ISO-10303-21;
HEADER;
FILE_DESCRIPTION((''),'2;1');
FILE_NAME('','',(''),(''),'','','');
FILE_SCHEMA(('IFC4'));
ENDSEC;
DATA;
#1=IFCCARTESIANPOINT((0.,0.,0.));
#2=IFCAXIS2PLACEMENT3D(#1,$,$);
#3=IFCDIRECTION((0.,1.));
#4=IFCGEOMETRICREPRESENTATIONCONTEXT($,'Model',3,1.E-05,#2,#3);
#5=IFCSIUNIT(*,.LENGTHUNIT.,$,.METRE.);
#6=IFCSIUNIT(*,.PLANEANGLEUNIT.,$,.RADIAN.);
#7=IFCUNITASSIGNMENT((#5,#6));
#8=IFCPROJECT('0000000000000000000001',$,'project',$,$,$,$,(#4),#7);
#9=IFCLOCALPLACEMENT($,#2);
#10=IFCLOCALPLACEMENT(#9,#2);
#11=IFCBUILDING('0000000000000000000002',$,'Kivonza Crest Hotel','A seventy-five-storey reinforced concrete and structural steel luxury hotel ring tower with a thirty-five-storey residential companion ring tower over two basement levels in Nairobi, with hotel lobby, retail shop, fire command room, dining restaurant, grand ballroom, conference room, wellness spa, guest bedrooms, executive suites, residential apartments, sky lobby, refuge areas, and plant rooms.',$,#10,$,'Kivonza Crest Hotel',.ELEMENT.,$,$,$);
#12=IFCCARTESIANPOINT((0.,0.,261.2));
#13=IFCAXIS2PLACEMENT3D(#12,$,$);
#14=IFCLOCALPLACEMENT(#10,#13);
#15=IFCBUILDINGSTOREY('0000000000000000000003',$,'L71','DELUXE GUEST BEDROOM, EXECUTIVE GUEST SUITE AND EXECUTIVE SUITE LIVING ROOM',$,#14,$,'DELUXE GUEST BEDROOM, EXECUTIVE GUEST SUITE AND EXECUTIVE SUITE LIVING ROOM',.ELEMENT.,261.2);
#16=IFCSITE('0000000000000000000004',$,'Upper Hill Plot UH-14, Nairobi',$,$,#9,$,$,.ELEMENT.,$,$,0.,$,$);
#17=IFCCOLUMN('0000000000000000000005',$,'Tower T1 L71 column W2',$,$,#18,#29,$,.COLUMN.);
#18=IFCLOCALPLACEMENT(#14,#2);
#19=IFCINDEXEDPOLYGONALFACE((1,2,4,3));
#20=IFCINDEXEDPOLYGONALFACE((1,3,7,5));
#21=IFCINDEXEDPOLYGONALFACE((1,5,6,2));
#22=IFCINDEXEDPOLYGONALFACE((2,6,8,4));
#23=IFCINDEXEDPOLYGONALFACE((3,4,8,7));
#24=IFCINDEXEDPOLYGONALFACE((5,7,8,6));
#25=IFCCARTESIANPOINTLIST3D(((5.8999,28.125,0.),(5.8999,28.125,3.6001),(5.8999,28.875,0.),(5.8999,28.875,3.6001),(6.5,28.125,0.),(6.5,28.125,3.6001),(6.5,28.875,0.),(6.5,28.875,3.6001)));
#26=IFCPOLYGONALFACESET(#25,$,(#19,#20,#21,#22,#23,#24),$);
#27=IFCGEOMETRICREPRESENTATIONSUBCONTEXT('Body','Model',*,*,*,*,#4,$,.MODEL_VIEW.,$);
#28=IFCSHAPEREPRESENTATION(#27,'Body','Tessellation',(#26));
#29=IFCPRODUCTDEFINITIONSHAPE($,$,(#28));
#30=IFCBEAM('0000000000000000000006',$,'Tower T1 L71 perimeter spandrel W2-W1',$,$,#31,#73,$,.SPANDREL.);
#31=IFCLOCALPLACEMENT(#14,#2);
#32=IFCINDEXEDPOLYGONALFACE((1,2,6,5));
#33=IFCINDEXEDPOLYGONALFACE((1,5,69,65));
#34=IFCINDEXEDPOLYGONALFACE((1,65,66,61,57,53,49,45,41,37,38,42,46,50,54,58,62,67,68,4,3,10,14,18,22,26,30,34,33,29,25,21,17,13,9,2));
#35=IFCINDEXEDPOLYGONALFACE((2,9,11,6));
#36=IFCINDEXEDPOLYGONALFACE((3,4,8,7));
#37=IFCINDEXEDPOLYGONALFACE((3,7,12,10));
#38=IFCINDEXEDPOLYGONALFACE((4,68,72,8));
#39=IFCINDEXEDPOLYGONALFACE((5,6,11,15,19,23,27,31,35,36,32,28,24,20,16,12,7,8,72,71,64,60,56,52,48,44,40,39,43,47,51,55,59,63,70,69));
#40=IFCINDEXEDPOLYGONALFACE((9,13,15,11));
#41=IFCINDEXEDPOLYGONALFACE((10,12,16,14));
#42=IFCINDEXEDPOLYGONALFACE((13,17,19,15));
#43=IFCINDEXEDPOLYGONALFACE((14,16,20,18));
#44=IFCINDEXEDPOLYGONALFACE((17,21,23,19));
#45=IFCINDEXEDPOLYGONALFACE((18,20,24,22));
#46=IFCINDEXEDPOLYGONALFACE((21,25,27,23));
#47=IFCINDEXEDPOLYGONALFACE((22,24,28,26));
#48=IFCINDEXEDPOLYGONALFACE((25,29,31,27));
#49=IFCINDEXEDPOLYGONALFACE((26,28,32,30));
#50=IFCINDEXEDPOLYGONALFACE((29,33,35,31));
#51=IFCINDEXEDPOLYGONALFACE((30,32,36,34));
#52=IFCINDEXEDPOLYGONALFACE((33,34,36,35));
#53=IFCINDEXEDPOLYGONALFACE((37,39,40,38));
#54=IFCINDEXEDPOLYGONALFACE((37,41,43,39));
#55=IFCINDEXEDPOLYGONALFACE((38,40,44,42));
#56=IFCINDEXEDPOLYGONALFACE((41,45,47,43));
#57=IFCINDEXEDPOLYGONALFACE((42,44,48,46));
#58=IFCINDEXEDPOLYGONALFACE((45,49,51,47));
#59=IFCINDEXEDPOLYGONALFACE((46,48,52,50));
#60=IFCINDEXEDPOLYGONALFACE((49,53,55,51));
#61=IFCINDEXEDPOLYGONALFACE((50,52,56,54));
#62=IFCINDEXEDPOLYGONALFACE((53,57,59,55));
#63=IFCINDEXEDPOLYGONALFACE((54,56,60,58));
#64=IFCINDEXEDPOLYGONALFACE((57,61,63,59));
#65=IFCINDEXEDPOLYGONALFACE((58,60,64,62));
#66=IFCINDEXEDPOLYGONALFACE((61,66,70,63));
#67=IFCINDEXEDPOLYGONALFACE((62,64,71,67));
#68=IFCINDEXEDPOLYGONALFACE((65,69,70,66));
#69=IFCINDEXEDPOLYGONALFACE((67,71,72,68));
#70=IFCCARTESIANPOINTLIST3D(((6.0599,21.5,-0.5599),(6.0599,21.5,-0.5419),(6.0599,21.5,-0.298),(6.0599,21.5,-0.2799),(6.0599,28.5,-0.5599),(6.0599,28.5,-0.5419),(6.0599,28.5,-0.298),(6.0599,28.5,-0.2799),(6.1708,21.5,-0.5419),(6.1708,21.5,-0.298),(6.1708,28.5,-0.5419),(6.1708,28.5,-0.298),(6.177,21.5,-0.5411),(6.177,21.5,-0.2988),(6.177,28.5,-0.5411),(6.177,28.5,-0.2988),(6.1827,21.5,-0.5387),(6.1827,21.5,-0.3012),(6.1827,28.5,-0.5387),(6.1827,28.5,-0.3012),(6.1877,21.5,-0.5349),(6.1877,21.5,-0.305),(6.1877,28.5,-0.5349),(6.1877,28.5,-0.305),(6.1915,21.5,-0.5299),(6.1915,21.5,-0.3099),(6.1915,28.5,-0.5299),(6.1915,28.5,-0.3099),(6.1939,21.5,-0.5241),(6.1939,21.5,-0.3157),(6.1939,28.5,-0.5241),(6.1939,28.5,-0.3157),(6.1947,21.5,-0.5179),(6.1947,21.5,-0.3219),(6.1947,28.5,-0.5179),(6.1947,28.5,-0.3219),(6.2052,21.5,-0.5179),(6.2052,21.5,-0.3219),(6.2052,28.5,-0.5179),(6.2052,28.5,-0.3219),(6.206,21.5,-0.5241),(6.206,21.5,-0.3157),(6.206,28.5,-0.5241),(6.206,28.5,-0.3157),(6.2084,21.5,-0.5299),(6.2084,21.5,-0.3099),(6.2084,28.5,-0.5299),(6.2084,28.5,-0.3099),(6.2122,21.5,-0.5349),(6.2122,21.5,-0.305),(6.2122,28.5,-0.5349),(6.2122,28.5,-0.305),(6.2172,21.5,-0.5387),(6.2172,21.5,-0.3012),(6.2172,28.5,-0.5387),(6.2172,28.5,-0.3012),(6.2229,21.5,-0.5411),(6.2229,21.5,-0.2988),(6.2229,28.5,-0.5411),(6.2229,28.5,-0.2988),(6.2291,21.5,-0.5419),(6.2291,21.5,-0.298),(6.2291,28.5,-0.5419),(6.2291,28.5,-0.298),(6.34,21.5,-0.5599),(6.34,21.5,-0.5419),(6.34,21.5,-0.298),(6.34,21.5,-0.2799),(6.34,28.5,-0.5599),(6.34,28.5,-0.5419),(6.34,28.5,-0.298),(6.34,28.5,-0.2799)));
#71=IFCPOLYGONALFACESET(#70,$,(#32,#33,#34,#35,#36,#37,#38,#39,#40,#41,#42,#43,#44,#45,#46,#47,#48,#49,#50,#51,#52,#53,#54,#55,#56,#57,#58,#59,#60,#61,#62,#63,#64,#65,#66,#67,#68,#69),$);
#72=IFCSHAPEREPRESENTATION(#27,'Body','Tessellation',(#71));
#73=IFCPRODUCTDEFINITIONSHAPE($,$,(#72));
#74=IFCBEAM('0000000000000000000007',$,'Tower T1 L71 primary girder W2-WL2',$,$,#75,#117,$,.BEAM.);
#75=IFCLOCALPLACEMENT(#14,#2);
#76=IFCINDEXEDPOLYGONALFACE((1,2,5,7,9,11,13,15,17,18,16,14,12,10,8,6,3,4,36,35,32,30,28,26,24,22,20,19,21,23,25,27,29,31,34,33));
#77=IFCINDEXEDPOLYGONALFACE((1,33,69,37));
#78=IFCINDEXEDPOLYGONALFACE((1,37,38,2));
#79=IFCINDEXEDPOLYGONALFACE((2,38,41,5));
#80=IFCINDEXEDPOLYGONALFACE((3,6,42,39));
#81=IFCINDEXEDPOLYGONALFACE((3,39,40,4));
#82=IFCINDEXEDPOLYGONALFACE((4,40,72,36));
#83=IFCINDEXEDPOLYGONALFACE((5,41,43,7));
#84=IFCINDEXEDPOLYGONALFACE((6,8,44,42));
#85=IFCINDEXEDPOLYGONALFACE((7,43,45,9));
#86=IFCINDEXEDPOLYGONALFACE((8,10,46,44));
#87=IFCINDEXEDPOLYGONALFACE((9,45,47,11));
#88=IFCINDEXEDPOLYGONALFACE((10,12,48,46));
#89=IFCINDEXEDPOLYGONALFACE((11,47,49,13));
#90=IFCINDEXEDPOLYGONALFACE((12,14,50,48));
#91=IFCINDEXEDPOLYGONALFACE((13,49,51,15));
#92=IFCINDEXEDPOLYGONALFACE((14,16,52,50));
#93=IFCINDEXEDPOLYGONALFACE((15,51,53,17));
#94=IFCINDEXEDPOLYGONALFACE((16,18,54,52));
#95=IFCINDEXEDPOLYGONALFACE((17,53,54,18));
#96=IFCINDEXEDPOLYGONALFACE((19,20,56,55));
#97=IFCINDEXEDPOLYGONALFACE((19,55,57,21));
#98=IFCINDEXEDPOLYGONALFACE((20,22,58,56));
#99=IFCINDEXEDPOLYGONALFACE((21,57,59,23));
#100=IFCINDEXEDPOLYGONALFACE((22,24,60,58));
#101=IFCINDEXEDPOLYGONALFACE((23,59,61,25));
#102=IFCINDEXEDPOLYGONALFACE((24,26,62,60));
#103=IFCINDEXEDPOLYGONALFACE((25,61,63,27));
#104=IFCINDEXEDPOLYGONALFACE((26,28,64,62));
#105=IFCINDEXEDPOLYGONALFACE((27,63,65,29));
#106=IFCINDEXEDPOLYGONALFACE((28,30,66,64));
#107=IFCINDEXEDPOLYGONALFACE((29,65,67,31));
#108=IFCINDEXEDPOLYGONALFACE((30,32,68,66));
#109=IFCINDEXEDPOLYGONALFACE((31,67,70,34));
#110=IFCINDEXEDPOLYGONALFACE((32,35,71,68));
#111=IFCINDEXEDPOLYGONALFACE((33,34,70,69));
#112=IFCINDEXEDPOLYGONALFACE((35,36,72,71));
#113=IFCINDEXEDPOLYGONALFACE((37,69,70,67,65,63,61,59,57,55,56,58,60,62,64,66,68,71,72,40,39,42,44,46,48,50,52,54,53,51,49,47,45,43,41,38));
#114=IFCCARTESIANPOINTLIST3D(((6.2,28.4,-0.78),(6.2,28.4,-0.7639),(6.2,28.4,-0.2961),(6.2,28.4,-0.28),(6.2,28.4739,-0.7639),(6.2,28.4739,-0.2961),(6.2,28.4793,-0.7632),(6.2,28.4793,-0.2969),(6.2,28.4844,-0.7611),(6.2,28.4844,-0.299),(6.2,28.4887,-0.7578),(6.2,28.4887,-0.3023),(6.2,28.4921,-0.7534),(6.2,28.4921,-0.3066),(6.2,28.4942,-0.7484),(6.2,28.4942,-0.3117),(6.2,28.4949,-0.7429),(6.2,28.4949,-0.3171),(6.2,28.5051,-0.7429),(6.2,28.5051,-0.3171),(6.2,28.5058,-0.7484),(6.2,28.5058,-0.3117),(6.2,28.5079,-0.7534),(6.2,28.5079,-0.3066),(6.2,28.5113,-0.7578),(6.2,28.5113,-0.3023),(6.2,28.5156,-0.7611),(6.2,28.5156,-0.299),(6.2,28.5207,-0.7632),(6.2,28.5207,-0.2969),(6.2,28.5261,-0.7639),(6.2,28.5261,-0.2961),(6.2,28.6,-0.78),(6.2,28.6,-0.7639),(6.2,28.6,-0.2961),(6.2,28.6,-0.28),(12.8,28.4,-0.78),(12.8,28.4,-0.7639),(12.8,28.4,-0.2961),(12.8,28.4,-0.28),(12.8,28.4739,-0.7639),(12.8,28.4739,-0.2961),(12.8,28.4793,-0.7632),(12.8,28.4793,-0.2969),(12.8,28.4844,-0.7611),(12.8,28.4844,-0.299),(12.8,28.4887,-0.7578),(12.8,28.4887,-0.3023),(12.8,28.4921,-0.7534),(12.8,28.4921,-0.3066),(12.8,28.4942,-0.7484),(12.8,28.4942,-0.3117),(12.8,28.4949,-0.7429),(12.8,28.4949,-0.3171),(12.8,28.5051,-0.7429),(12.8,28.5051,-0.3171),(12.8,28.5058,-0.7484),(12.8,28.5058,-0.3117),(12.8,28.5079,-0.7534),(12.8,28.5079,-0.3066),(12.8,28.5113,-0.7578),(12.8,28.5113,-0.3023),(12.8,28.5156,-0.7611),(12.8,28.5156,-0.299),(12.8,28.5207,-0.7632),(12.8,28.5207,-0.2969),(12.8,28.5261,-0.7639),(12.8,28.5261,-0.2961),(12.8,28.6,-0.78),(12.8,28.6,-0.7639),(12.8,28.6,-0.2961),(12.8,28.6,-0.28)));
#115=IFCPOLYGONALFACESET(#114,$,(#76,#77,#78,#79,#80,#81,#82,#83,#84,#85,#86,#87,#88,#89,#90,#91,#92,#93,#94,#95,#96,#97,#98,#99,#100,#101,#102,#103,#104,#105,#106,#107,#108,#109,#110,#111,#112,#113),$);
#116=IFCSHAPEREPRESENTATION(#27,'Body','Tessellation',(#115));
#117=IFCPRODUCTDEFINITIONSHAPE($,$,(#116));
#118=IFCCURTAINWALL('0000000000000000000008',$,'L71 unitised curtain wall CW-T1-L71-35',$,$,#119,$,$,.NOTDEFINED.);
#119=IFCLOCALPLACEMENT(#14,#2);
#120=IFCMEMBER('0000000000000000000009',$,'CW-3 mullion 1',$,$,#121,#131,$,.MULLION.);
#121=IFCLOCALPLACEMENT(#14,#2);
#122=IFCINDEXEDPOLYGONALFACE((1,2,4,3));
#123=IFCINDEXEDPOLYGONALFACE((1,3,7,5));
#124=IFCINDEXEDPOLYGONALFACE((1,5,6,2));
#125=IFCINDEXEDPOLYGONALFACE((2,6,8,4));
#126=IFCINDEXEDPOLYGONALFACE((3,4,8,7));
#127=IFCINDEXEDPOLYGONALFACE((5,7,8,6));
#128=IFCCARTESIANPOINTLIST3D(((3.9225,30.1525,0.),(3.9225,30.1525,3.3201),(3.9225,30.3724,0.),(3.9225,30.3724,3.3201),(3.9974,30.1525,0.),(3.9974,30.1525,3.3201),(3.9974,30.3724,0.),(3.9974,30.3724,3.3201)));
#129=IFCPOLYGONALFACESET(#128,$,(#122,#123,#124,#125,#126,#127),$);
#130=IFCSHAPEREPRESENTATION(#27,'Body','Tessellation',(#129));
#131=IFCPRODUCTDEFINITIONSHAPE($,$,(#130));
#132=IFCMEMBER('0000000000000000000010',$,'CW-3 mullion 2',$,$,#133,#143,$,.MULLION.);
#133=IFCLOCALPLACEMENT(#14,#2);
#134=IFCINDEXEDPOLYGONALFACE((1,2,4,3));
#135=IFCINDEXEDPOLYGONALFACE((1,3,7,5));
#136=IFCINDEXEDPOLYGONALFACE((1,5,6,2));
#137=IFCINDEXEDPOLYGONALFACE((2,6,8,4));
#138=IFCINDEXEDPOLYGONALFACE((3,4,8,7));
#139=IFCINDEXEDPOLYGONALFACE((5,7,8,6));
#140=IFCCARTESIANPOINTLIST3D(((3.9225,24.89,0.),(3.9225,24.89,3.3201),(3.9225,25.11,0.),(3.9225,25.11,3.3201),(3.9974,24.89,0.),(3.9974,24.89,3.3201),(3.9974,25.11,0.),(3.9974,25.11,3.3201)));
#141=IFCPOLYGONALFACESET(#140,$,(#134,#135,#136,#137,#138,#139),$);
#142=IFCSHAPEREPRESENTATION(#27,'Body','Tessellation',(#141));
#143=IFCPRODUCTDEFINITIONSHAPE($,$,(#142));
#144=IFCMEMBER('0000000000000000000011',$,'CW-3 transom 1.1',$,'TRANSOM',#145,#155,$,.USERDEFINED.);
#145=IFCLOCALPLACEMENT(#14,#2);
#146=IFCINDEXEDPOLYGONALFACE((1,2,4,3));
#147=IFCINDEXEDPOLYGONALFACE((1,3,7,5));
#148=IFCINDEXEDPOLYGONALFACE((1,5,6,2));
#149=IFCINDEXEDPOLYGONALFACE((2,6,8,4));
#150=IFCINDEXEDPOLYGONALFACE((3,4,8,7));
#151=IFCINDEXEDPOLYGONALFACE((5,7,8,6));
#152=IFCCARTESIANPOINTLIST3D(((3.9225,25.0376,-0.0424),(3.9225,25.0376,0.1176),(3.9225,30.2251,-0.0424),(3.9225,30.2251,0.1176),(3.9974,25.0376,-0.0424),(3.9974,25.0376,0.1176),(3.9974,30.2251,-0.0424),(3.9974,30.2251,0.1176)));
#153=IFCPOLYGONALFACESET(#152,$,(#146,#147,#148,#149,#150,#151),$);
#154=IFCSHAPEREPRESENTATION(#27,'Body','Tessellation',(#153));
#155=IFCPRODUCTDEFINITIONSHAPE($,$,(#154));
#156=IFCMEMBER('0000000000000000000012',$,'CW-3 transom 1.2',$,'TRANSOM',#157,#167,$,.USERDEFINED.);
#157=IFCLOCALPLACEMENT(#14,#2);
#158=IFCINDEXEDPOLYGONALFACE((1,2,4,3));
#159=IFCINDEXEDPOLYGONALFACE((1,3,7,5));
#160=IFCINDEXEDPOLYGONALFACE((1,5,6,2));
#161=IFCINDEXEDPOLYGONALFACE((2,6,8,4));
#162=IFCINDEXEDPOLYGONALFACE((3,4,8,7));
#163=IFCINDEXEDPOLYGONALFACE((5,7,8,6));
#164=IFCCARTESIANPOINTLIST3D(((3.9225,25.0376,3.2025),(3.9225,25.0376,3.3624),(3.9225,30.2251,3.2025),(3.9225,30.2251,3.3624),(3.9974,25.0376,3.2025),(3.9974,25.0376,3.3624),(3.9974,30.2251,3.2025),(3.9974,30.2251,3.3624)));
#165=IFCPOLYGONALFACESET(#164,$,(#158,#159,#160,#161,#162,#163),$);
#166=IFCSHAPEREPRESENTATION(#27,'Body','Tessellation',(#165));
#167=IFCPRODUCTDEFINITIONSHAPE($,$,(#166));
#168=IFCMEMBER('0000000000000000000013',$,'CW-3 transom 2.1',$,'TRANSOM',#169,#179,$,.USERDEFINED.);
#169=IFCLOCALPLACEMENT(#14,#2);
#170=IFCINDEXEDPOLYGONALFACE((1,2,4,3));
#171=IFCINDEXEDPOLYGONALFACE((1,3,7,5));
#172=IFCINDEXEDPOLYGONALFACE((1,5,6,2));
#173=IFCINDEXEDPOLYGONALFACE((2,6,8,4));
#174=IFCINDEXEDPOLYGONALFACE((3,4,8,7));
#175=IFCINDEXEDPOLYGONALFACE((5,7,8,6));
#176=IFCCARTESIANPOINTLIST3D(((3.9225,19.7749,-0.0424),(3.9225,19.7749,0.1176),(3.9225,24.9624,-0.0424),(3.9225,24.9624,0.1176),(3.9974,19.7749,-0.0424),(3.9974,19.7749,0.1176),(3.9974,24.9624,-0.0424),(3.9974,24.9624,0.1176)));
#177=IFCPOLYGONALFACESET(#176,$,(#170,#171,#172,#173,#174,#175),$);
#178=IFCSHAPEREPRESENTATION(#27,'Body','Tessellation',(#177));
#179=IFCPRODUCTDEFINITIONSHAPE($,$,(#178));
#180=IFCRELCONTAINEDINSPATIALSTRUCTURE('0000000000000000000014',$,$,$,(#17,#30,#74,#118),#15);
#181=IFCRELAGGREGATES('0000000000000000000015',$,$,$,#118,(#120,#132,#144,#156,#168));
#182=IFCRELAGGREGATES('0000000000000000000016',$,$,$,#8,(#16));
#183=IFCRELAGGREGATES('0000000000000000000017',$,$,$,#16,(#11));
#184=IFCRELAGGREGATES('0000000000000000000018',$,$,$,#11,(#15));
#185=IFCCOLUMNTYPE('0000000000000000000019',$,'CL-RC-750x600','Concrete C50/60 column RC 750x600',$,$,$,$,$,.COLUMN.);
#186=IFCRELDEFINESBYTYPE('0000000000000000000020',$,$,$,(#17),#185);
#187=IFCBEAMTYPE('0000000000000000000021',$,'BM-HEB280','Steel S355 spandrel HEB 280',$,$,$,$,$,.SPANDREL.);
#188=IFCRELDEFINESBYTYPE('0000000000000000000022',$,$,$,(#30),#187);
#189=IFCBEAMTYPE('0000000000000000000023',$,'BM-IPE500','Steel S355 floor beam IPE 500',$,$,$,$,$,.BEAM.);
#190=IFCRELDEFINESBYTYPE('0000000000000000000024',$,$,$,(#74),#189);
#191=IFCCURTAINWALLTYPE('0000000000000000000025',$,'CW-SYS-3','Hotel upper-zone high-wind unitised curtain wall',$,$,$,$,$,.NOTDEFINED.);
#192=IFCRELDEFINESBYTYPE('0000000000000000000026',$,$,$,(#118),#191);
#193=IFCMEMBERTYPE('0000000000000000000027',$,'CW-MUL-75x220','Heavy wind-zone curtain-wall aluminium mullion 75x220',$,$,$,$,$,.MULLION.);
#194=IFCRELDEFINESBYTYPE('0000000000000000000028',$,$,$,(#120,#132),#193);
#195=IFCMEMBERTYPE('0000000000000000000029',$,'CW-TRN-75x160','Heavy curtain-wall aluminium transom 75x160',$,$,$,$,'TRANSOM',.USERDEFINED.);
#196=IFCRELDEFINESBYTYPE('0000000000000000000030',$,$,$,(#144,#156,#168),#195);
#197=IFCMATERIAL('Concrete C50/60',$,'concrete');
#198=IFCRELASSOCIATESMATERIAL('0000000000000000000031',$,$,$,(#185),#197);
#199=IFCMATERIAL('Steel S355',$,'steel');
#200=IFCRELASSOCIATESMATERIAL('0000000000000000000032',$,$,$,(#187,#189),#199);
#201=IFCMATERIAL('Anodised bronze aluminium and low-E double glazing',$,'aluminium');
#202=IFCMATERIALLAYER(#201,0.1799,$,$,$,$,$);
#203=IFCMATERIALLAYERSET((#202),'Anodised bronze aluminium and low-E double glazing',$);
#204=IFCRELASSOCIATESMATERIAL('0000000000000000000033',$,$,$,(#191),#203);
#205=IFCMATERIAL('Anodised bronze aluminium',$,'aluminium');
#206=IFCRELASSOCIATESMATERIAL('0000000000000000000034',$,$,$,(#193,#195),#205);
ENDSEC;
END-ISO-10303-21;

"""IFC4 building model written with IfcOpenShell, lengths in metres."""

from ifc_helpers import new_model, si_unit, direction, frame, origin, origin_2d, place, context, subcontext, project, spatial, rectangle, i_section, extrude, material, layer, layer_set, material_profile, profile_set, type_object, element, aggregate, save


model = new_model("IFC4")

# Units and contexts
model_context = context("Model", 3, precision=1e-05, world=origin(), true_north=direction((0.0, 1.0)))
body_context = subcontext(model_context, "Body", "Model", "MODEL_VIEW")
ifc_project = project(units=[si_unit("LENGTHUNIT", "METRE"), si_unit("PLANEANGLEUNIT", "RADIAN")], contexts=[model_context])

# Site, building, storey
site_placement = place(None, origin())
site = spatial("IfcSite", under=ifc_project, at=site_placement, Name="Upper Hill Plot UH-14, Nairobi", CompositionType="ELEMENT", RefElevation=0.0)
building_placement = place(site_placement, origin())
building = spatial("IfcBuilding", under=site, at=building_placement, Name="Kivonza Crest Hotel", Description="A seventy-five-storey reinforced concrete and structural steel luxury hotel ring tower with a thirty-five-storey residential companion ring tower over two basement levels in Nairobi, with hotel lobby, retail shop, fire command room, dining restaurant, grand ballroom, conference room, wellness spa, guest bedrooms, executive suites, residential apartments, sky lobby, refuge areas, and plant rooms.", LongName="Kivonza Crest Hotel", CompositionType="ELEMENT")
storey_placement = place(building_placement, frame((0.0, 0.0, 261.2)))
storey = spatial("IfcBuildingStorey", under=building, at=storey_placement, Name="L71", Description="DELUXE GUEST BEDROOM, EXECUTIVE GUEST SUITE AND EXECUTIVE SUITE LIVING ROOM", LongName="DELUXE GUEST BEDROOM, EXECUTIVE GUEST SUITE AND EXECUTIVE SUITE LIVING ROOM", CompositionType="ELEMENT", Elevation=261.2)

# Column
ifc_material_1 = material(Name="Concrete C50/60", Category="concrete")
ifc_material_profile_1 = material_profile(ifc_material_1, rectangle(XDim=0.6001, YDim=0.75, at=origin_2d()), Name="RC 750x600")
ifc_profile_set_1 = profile_set([ifc_material_profile_1], Name="Concrete C50/60")
column_type = type_object("IfcColumnType", Name="CL-RC-750x600", Description="Concrete C50/60 column RC 750x600", PredefinedType="COLUMN", material=ifc_profile_set_1)
column_placement = place(storey_placement, frame((6.2, 28.5, 0.0), z_axis=(0.0, 0.0, 1.0), x_axis=(1.0, 0.0, 0.0)))
element("IfcColumn", 1, at=column_placement, inside=storey, type_object=column_type, Name="Tower T1 L71 column W2", PredefinedType="COLUMN", context=body_context, shape_type="SweptSolid", body=[
    extrude(rectangle(XDim=0.6001, YDim=0.75, at=origin_2d()), origin(), (0.0, 0.0, 1.0), 3.6001),
])

# Beams
ifc_material_2 = material(Name="Steel S355", Category="steel")
ifc_material_profile_2 = material_profile(ifc_material_2, i_section(OverallWidth=0.28, OverallDepth=0.28, WebThickness=0.0105, FlangeThickness=0.0181, FilletRadius=0.0239, at=origin_2d()), Name="HEB 280")
ifc_profile_set_2 = profile_set([ifc_material_profile_2], Name="Steel S355")
beam_type_1 = type_object("IfcBeamType", Name="BM-HEB280", Description="Steel S355 spandrel HEB 280", PredefinedType="SPANDREL", material=ifc_profile_set_2)
beam_1_placement = place(storey_placement, frame((6.2, 28.5, -0.4199), z_axis=(0.0, -1.0, 0.0), x_axis=(1.0, 0.0, 0.0)))
element("IfcBeam", 2, at=beam_1_placement, inside=storey, type_object=beam_type_1, Name="Tower T1 L71 perimeter spandrel W2-W1", PredefinedType="SPANDREL", context=body_context, shape_type="SweptSolid", body=[
    extrude(i_section(OverallWidth=0.28, OverallDepth=0.28, WebThickness=0.0105, FlangeThickness=0.0181, FilletRadius=0.0239, at=origin_2d()), origin(), (0.0, 0.0, 1.0), 7.0),
])
ifc_material_profile_3 = material_profile(ifc_material_2, i_section(OverallWidth=0.2, OverallDepth=0.5, WebThickness=0.0103, FlangeThickness=0.0161, FilletRadius=0.021, at=origin_2d()), Name="IPE 500")
ifc_profile_set_3 = profile_set([ifc_material_profile_3], Name="Steel S355")
beam_type_2 = type_object("IfcBeamType", Name="BM-IPE500", Description="Steel S355 floor beam IPE 500", PredefinedType="BEAM", material=ifc_profile_set_3)
beam_2_placement = place(storey_placement, frame((6.2, 28.5, -0.53), z_axis=(1.0, 0.0, 0.0), x_axis=(0.0, 1.0, 0.0)))
element("IfcBeam", 3, at=beam_2_placement, inside=storey, type_object=beam_type_2, Name="Tower T1 L71 primary girder W2-WL2", PredefinedType="BEAM", context=body_context, shape_type="SweptSolid", body=[
    extrude(i_section(OverallWidth=0.2, OverallDepth=0.5, WebThickness=0.0103, FlangeThickness=0.0161, FilletRadius=0.021, at=origin_2d()), origin(), (0.0, 0.0, 1.0), 6.6001),
])

# Curtain wall, members
ifc_material_3 = material(Name="Anodised bronze aluminium and low-E double glazing", Category="aluminium")
ifc_layer_1 = layer(ifc_material_3, 0.1799)
ifc_layer_set_1 = layer_set([ifc_layer_1], Name="Anodised bronze aluminium and low-E double glazing")
curtain_wall_type = type_object("IfcCurtainWallType", Name="CW-SYS-3", Description="Hotel upper-zone high-wind unitised curtain wall", PredefinedType="NOTDEFINED", material=ifc_layer_set_1)
curtain_wall_placement = place(storey_placement, origin())
curtain_wall = element("IfcCurtainWall", 4, at=curtain_wall_placement, inside=storey, type_object=curtain_wall_type, Name="L71 unitised curtain wall CW-T1-L71-35", PredefinedType="NOTDEFINED")
ifc_material_4 = material(Name="Anodised bronze aluminium", Category="aluminium")
ifc_material_profile_4 = material_profile(ifc_material_4, rectangle(XDim=0.075, YDim=0.22, at=origin_2d()), Name="CW-M 75x220")
ifc_profile_set_4 = profile_set([ifc_material_profile_4], Name="Anodised bronze aluminium")
member_type_1 = type_object("IfcMemberType", Name="CW-MUL-75x220", Description="Heavy wind-zone curtain-wall aluminium mullion 75x220", PredefinedType="MULLION", material=ifc_profile_set_4)
member_1_placement = place(storey_placement, frame((3.96, 30.2625, 0.0), z_axis=(0.0, 0.0, 1.0), x_axis=(1.0, 0.0, 0.0)))
member_1 = element("IfcMember", 5, at=member_1_placement, type_object=member_type_1, Name="CW-3 mullion 1", PredefinedType="MULLION", context=body_context, shape_type="SweptSolid", body=[
    extrude(rectangle(XDim=0.075, YDim=0.22, at=origin_2d()), origin(), (0.0, 0.0, 1.0), 3.3201),
])
member_2_placement = place(storey_placement, frame((3.96, 25.0, 0.0), z_axis=(0.0, 0.0, 1.0), x_axis=(1.0, 0.0, 0.0)))
member_2 = element("IfcMember", 6, at=member_2_placement, type_object=member_type_1, Name="CW-3 mullion 2", PredefinedType="MULLION", context=body_context, shape_type="SweptSolid", body=[
    extrude(rectangle(XDim=0.075, YDim=0.22, at=origin_2d()), origin(), (0.0, 0.0, 1.0), 3.3201),
])
ifc_material_profile_5 = material_profile(ifc_material_4, rectangle(XDim=0.075, YDim=0.1599, at=origin_2d()), Name="CW-T 75x160")
ifc_profile_set_5 = profile_set([ifc_material_profile_5], Name="Anodised bronze aluminium")
member_type_2 = type_object("IfcMemberType", Name="CW-TRN-75x160", Description="Heavy curtain-wall aluminium transom 75x160", ElementType="TRANSOM", PredefinedType="USERDEFINED", material=ifc_profile_set_5)
member_3_placement = place(storey_placement, frame((3.96, 30.2251, 0.0376), z_axis=(0.0, -1.0, 0.0), x_axis=(1.0, 0.0, 0.0)))
member_3 = element("IfcMember", 7, at=member_3_placement, type_object=member_type_2, Name="CW-3 transom 1.1", ObjectType="TRANSOM", PredefinedType="USERDEFINED", context=body_context, shape_type="SweptSolid", body=[
    extrude(rectangle(XDim=0.075, YDim=0.1599, at=origin_2d()), origin(), (0.0, 0.0, 1.0), 5.1875),
])
member_4_placement = place(storey_placement, frame((3.96, 30.2251, 3.2825), z_axis=(0.0, -1.0, 0.0), x_axis=(1.0, 0.0, 0.0)))
member_4 = element("IfcMember", 8, at=member_4_placement, type_object=member_type_2, Name="CW-3 transom 1.2", ObjectType="TRANSOM", PredefinedType="USERDEFINED", context=body_context, shape_type="SweptSolid", body=[
    extrude(rectangle(XDim=0.075, YDim=0.1599, at=origin_2d()), origin(), (0.0, 0.0, 1.0), 5.1875),
])
member_5_placement = place(storey_placement, frame((3.96, 24.9624, 0.0376), z_axis=(0.0, -1.0, 0.0), x_axis=(1.0, 0.0, 0.0)))
member_5 = element("IfcMember", 9, at=member_5_placement, type_object=member_type_2, Name="CW-3 transom 2.1", ObjectType="TRANSOM", PredefinedType="USERDEFINED", context=body_context, shape_type="SweptSolid", body=[
    extrude(rectangle(XDim=0.075, YDim=0.1599, at=origin_2d()), origin(), (0.0, 0.0, 1.0), 5.1875),
])
aggregate(curtain_wall, [member_1, member_2, member_3, member_4, member_5])

save(model, "model.ifc")
